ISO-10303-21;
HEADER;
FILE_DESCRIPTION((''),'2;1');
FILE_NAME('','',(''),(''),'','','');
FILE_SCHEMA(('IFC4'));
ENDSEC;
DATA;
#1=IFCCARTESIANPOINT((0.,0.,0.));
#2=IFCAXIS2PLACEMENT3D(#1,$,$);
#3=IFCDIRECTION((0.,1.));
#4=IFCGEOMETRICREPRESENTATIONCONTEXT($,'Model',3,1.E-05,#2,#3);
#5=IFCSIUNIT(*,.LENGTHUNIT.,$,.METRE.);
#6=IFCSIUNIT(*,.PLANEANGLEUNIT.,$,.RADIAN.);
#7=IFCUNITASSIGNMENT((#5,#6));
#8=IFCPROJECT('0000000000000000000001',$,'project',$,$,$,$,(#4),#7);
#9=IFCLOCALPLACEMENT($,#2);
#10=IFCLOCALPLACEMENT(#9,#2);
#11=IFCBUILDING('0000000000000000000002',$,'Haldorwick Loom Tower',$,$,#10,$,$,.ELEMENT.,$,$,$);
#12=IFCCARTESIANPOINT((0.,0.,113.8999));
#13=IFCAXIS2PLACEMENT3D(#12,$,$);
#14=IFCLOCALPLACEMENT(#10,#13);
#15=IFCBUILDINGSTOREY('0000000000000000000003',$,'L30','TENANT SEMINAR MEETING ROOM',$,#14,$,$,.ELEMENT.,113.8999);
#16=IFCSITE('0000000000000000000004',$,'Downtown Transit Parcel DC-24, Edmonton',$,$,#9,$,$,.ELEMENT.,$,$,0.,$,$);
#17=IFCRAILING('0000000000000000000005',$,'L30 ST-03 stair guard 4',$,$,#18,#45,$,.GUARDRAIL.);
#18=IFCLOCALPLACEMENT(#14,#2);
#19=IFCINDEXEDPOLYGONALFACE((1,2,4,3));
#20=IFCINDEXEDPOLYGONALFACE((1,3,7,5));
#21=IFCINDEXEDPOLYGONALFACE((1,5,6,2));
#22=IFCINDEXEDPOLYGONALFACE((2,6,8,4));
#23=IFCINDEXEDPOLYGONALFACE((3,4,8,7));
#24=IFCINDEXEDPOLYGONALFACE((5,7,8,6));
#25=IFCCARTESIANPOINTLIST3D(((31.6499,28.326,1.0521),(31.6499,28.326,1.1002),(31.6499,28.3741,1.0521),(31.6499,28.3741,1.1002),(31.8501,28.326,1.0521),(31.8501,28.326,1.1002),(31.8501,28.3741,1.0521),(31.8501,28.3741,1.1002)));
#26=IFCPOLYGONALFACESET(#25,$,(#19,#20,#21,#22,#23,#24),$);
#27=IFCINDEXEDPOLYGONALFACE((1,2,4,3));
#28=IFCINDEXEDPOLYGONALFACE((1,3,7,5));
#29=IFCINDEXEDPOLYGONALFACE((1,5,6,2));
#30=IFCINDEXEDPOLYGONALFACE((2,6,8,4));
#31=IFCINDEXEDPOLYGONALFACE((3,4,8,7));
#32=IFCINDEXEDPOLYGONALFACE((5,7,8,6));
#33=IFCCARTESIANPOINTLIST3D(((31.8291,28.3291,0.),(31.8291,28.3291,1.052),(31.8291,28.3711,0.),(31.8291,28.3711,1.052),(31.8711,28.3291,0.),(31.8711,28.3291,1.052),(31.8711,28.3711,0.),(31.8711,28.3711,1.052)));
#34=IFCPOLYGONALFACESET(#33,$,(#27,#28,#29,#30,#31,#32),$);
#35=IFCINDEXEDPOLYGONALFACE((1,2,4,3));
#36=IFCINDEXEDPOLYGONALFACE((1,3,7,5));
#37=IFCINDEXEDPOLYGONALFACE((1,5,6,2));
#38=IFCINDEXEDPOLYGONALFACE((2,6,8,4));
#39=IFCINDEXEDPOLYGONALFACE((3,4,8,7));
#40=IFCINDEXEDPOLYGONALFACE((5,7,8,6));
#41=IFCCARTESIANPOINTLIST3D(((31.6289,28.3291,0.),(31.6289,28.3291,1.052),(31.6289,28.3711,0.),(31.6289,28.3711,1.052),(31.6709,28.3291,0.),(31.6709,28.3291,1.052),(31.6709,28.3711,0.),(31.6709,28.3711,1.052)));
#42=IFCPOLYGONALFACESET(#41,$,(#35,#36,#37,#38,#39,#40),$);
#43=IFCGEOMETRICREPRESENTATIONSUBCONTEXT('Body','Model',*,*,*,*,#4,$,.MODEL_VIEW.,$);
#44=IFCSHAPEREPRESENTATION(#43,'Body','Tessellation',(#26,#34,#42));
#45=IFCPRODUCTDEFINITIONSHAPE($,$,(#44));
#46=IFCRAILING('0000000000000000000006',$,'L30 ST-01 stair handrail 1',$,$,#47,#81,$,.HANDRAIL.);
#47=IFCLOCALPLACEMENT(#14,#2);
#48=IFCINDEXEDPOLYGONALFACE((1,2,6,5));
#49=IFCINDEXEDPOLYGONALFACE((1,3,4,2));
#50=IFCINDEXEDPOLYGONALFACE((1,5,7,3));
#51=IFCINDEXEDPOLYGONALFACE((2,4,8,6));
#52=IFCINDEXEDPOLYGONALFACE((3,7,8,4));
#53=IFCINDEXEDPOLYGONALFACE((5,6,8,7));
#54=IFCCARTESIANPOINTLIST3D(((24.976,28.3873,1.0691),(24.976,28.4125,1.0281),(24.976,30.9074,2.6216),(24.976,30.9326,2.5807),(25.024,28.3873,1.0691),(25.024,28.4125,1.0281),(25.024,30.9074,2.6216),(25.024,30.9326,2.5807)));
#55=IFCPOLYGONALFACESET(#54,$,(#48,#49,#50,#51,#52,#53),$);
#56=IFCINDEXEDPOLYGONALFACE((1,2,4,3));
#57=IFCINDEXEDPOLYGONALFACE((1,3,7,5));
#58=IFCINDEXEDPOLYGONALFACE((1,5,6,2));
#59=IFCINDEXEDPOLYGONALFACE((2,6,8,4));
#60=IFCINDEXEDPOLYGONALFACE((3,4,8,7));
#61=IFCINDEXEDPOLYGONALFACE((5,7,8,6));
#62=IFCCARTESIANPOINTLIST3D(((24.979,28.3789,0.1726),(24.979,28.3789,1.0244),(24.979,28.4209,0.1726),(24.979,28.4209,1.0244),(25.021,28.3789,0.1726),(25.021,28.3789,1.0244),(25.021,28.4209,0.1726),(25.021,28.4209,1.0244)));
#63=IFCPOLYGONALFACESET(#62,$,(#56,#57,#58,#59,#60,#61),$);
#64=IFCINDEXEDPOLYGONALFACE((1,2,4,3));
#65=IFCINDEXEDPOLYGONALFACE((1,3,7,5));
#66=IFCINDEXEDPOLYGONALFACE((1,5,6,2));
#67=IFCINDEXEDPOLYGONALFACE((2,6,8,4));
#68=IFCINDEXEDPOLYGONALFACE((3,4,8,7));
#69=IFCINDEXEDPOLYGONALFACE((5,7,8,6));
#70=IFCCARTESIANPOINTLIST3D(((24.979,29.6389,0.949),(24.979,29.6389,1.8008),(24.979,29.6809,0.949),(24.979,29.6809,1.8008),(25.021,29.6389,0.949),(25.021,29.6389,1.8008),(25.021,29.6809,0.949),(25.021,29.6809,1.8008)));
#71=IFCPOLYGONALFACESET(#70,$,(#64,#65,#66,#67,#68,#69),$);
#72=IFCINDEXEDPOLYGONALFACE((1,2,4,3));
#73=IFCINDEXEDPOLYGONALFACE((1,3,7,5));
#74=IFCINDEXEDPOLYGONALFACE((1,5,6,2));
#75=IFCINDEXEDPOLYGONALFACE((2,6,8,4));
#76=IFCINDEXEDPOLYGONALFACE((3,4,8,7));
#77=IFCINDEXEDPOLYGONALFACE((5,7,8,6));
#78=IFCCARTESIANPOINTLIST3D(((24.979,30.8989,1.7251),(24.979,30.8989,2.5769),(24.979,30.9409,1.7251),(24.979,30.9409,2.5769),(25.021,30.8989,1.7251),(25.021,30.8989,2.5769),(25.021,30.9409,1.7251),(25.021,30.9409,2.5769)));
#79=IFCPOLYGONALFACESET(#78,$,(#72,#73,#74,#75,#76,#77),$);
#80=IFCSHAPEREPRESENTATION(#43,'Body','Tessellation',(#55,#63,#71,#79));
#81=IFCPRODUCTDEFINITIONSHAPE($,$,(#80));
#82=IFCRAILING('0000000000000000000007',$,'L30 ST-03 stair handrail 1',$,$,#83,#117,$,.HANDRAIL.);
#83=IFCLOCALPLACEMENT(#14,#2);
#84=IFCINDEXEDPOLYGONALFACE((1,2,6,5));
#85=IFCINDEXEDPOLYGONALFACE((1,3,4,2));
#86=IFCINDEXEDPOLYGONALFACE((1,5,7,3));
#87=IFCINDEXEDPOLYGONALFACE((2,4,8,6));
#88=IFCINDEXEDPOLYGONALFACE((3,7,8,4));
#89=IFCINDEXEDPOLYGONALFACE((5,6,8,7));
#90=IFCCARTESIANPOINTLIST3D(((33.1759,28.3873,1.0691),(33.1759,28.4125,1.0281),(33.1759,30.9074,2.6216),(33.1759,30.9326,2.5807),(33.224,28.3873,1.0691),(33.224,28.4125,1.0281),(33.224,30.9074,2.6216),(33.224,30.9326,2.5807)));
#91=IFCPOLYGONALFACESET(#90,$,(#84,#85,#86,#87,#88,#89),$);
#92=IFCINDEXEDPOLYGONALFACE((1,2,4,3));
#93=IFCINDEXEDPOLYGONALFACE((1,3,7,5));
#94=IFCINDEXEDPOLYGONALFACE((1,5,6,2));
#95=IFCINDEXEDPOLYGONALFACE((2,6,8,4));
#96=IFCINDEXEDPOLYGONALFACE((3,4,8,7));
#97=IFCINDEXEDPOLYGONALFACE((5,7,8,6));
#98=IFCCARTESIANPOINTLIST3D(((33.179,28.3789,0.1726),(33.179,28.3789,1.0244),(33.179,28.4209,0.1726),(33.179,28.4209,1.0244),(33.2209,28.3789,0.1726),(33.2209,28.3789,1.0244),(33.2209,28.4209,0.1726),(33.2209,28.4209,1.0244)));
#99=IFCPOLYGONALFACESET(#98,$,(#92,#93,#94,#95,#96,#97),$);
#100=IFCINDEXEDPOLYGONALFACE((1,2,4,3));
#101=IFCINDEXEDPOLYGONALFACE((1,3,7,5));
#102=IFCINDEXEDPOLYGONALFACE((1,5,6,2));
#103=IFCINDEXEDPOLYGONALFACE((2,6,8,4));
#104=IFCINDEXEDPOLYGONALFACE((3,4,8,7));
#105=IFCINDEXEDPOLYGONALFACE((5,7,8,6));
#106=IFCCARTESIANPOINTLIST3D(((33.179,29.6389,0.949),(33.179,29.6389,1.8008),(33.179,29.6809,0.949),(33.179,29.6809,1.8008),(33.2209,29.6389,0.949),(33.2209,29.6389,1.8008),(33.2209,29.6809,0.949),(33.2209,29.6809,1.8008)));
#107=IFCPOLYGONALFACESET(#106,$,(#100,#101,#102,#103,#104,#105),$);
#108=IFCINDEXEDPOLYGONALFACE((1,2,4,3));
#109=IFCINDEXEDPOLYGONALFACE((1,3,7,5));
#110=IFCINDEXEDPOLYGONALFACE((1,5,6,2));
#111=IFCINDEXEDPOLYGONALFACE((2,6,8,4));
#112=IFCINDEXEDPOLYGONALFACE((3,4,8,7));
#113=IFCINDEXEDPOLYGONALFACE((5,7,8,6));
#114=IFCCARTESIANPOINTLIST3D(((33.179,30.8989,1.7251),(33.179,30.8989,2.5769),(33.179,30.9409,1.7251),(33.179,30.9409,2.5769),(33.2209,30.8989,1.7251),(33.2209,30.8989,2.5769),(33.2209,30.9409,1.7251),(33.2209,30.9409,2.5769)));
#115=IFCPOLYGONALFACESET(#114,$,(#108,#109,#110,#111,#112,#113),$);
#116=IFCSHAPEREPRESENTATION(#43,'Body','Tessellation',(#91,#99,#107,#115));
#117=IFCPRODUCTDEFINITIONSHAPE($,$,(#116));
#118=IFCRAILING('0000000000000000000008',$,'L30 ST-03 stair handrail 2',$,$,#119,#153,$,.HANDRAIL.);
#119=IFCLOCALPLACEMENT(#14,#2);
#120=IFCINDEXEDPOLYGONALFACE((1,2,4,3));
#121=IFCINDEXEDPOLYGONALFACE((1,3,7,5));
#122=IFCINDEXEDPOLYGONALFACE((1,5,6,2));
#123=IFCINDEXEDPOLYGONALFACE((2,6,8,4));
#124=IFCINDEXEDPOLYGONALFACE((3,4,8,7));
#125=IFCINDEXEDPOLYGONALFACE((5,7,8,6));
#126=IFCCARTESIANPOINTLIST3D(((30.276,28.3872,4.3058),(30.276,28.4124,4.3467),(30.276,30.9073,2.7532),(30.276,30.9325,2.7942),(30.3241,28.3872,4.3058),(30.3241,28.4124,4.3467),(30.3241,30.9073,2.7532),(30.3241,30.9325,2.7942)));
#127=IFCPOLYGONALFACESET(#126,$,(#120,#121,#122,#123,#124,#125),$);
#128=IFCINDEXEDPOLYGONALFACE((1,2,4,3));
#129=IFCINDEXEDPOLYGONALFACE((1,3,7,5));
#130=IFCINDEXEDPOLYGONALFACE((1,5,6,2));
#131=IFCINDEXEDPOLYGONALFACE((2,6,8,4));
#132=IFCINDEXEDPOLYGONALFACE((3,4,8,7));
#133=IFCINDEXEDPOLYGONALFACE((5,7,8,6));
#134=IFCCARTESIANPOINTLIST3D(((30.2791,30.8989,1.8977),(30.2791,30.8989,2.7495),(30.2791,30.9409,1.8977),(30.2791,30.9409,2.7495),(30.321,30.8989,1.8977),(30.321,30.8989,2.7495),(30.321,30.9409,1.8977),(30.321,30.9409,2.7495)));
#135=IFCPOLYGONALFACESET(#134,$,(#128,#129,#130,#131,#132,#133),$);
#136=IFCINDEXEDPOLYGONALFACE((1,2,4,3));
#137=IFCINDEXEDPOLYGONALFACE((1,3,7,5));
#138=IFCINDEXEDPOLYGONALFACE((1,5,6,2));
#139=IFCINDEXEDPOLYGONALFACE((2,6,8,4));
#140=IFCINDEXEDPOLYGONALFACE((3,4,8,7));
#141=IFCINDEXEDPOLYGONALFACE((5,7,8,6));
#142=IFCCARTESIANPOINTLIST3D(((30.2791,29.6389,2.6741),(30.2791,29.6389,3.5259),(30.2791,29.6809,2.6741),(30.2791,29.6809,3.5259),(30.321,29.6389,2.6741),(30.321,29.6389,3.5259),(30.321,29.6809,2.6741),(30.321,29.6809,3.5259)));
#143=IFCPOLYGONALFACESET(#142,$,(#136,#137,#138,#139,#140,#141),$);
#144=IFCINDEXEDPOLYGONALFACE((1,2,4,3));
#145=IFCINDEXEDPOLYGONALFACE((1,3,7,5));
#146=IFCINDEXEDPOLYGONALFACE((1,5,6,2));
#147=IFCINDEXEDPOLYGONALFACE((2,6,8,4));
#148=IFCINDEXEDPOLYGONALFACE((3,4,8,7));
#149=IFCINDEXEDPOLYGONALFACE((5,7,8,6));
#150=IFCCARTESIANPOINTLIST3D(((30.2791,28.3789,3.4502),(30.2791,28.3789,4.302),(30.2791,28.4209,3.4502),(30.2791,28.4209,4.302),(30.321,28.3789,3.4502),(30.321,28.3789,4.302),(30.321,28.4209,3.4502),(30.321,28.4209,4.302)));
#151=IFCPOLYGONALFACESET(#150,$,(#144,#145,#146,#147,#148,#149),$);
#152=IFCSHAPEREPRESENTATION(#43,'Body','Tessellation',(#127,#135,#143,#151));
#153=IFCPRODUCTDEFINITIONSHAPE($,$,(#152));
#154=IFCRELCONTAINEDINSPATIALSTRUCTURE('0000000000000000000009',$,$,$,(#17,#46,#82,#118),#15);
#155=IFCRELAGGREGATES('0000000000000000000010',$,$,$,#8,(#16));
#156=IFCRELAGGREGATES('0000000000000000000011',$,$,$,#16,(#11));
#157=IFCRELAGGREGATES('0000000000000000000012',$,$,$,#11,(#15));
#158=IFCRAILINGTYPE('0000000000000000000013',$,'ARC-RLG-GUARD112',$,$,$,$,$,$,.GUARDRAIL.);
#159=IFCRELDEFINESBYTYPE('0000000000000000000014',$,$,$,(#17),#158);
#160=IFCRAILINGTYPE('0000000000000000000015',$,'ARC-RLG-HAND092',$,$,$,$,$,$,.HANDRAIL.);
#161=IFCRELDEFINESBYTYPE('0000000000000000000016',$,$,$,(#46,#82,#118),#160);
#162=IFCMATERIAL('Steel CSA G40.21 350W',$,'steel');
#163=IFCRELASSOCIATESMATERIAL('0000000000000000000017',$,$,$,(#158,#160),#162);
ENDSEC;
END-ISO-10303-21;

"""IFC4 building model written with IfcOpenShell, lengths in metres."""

from ifc_helpers import new_model, si_unit, direction, frame, origin, origin_2d, place, context, subcontext, project, spatial, rectangle, extrude, material, type_object, element, save


model = new_model("IFC4")

# Units and contexts
model_context = context("Model", 3, precision=1e-05, world=origin(), true_north=direction((0.0, 1.0)))
body_context = subcontext(model_context, "Body", "Model", "MODEL_VIEW")
ifc_project = project(units=[si_unit("LENGTHUNIT", "METRE"), si_unit("PLANEANGLEUNIT", "RADIAN")], contexts=[model_context])

# Site, building, storey
site_placement = place(None, origin())
site = spatial("IfcSite", under=ifc_project, at=site_placement, Name="Downtown Transit Parcel DC-24, Edmonton", CompositionType="ELEMENT", RefElevation=0.0)
building_placement = place(site_placement, origin())
building = spatial("IfcBuilding", under=site, at=building_placement, Name="Haldorwick Loom Tower", CompositionType="ELEMENT")
storey_placement = place(building_placement, frame((0.0, 0.0, 113.8999)))
storey = spatial("IfcBuildingStorey", under=building, at=storey_placement, Name="L30", Description="TENANT SEMINAR MEETING ROOM", CompositionType="ELEMENT", Elevation=113.8999)

# Shared definitions
ifc_material_1 = material(Name="Steel CSA G40.21 350W", Category="steel")

# Railings
railing_type_1 = type_object("IfcRailingType", Name="ARC-RLG-GUARD112", PredefinedType="GUARDRAIL", material=ifc_material_1)
railing_1_placement = place(storey_placement, frame((31.8501, 28.3501, 0.0)))
element("IfcRailing", 1, at=railing_1_placement, inside=storey, type_object=railing_type_1, Name="L30 ST-03 stair guard 4", PredefinedType="GUARDRAIL", context=body_context, shape_type="SweptSolid", body=[
    extrude(rectangle(XDim=0.0481, YDim=0.0481, at=origin_2d()), frame((0.0, 0.0, 1.0762), z_axis=(-1.0, 0.0, 0.0), x_axis=(0.0, -1.0, 0.0)), (0.0, 0.0, 1.0), 0.2002),
    extrude(rectangle(XDim=0.042, YDim=0.042, at=origin_2d()), origin(), (0.0, 0.0, 1.0), 1.052),
    extrude(rectangle(XDim=0.042, YDim=0.042, at=origin_2d()), frame((-0.2002, 0.0, 0.0)), (0.0, 0.0, 1.0), 1.052),
])
railing_type_2 = type_object("IfcRailingType", Name="ARC-RLG-HAND092", PredefinedType="HANDRAIL", material=ifc_material_1)
for number, where, name in (
    (2, (25.0, 28.3999, 0.1726), "L30 ST-01 stair handrail 1"),
    (3, (33.2, 28.3999, 0.1726), "L30 ST-03 stair handrail 1"),
):
    element("IfcRailing", number, at=place(storey_placement, frame(where)), inside=storey, type_object=railing_type_2, Name=name, PredefinedType="HANDRAIL", context=body_context, shape_type="SweptSolid", body=[
        extrude(rectangle(XDim=0.0481, YDim=0.0481, at=origin_2d()), frame((0.0, 0.0, 0.876), z_axis=(0.0, 0.8514, 0.524516), x_axis=(-1.0, 0.0, 0.0)), (0.0, 0.0, 1.0), 2.96),
        extrude(rectangle(XDim=0.042, YDim=0.042, at=origin_2d()), origin(), (0.0, 0.0, 1.0), 0.8518),
        extrude(rectangle(XDim=0.042, YDim=0.042, at=origin_2d()), frame((0.0, 1.26, 0.7764)), (0.0, 0.0, 1.0), 0.8518),
        extrude(rectangle(XDim=0.042, YDim=0.042, at=origin_2d()), frame((0.0, 2.52, 1.5525)), (0.0, 0.0, 1.0), 0.8518),
    ])
railing_2_placement = place(storey_placement, frame((30.3, 30.9199, 1.8977)))
element("IfcRailing", 4, at=railing_2_placement, inside=storey, type_object=railing_type_2, Name="L30 ST-03 stair handrail 2", PredefinedType="HANDRAIL", context=body_context, shape_type="SweptSolid", body=[
    extrude(rectangle(XDim=0.0481, YDim=0.0481, at=origin_2d()), frame((0.0, 0.0, 0.876), z_axis=(0.0, -0.8514, 0.524516), x_axis=(1.0, 0.0, 0.0)), (0.0, 0.0, 1.0), 2.96),
    extrude(rectangle(XDim=0.042, YDim=0.042, at=origin_2d()), origin(), (0.0, 0.0, 1.0), 0.8518),
    extrude(rectangle(XDim=0.042, YDim=0.042, at=origin_2d()), frame((0.0, -1.26, 0.7764)), (0.0, 0.0, 1.0), 0.8518),
    extrude(rectangle(XDim=0.042, YDim=0.042, at=origin_2d()), frame((0.0, -2.52, 1.5525)), (0.0, 0.0, 1.0), 0.8518),
])

save(model, "model.ifc")
